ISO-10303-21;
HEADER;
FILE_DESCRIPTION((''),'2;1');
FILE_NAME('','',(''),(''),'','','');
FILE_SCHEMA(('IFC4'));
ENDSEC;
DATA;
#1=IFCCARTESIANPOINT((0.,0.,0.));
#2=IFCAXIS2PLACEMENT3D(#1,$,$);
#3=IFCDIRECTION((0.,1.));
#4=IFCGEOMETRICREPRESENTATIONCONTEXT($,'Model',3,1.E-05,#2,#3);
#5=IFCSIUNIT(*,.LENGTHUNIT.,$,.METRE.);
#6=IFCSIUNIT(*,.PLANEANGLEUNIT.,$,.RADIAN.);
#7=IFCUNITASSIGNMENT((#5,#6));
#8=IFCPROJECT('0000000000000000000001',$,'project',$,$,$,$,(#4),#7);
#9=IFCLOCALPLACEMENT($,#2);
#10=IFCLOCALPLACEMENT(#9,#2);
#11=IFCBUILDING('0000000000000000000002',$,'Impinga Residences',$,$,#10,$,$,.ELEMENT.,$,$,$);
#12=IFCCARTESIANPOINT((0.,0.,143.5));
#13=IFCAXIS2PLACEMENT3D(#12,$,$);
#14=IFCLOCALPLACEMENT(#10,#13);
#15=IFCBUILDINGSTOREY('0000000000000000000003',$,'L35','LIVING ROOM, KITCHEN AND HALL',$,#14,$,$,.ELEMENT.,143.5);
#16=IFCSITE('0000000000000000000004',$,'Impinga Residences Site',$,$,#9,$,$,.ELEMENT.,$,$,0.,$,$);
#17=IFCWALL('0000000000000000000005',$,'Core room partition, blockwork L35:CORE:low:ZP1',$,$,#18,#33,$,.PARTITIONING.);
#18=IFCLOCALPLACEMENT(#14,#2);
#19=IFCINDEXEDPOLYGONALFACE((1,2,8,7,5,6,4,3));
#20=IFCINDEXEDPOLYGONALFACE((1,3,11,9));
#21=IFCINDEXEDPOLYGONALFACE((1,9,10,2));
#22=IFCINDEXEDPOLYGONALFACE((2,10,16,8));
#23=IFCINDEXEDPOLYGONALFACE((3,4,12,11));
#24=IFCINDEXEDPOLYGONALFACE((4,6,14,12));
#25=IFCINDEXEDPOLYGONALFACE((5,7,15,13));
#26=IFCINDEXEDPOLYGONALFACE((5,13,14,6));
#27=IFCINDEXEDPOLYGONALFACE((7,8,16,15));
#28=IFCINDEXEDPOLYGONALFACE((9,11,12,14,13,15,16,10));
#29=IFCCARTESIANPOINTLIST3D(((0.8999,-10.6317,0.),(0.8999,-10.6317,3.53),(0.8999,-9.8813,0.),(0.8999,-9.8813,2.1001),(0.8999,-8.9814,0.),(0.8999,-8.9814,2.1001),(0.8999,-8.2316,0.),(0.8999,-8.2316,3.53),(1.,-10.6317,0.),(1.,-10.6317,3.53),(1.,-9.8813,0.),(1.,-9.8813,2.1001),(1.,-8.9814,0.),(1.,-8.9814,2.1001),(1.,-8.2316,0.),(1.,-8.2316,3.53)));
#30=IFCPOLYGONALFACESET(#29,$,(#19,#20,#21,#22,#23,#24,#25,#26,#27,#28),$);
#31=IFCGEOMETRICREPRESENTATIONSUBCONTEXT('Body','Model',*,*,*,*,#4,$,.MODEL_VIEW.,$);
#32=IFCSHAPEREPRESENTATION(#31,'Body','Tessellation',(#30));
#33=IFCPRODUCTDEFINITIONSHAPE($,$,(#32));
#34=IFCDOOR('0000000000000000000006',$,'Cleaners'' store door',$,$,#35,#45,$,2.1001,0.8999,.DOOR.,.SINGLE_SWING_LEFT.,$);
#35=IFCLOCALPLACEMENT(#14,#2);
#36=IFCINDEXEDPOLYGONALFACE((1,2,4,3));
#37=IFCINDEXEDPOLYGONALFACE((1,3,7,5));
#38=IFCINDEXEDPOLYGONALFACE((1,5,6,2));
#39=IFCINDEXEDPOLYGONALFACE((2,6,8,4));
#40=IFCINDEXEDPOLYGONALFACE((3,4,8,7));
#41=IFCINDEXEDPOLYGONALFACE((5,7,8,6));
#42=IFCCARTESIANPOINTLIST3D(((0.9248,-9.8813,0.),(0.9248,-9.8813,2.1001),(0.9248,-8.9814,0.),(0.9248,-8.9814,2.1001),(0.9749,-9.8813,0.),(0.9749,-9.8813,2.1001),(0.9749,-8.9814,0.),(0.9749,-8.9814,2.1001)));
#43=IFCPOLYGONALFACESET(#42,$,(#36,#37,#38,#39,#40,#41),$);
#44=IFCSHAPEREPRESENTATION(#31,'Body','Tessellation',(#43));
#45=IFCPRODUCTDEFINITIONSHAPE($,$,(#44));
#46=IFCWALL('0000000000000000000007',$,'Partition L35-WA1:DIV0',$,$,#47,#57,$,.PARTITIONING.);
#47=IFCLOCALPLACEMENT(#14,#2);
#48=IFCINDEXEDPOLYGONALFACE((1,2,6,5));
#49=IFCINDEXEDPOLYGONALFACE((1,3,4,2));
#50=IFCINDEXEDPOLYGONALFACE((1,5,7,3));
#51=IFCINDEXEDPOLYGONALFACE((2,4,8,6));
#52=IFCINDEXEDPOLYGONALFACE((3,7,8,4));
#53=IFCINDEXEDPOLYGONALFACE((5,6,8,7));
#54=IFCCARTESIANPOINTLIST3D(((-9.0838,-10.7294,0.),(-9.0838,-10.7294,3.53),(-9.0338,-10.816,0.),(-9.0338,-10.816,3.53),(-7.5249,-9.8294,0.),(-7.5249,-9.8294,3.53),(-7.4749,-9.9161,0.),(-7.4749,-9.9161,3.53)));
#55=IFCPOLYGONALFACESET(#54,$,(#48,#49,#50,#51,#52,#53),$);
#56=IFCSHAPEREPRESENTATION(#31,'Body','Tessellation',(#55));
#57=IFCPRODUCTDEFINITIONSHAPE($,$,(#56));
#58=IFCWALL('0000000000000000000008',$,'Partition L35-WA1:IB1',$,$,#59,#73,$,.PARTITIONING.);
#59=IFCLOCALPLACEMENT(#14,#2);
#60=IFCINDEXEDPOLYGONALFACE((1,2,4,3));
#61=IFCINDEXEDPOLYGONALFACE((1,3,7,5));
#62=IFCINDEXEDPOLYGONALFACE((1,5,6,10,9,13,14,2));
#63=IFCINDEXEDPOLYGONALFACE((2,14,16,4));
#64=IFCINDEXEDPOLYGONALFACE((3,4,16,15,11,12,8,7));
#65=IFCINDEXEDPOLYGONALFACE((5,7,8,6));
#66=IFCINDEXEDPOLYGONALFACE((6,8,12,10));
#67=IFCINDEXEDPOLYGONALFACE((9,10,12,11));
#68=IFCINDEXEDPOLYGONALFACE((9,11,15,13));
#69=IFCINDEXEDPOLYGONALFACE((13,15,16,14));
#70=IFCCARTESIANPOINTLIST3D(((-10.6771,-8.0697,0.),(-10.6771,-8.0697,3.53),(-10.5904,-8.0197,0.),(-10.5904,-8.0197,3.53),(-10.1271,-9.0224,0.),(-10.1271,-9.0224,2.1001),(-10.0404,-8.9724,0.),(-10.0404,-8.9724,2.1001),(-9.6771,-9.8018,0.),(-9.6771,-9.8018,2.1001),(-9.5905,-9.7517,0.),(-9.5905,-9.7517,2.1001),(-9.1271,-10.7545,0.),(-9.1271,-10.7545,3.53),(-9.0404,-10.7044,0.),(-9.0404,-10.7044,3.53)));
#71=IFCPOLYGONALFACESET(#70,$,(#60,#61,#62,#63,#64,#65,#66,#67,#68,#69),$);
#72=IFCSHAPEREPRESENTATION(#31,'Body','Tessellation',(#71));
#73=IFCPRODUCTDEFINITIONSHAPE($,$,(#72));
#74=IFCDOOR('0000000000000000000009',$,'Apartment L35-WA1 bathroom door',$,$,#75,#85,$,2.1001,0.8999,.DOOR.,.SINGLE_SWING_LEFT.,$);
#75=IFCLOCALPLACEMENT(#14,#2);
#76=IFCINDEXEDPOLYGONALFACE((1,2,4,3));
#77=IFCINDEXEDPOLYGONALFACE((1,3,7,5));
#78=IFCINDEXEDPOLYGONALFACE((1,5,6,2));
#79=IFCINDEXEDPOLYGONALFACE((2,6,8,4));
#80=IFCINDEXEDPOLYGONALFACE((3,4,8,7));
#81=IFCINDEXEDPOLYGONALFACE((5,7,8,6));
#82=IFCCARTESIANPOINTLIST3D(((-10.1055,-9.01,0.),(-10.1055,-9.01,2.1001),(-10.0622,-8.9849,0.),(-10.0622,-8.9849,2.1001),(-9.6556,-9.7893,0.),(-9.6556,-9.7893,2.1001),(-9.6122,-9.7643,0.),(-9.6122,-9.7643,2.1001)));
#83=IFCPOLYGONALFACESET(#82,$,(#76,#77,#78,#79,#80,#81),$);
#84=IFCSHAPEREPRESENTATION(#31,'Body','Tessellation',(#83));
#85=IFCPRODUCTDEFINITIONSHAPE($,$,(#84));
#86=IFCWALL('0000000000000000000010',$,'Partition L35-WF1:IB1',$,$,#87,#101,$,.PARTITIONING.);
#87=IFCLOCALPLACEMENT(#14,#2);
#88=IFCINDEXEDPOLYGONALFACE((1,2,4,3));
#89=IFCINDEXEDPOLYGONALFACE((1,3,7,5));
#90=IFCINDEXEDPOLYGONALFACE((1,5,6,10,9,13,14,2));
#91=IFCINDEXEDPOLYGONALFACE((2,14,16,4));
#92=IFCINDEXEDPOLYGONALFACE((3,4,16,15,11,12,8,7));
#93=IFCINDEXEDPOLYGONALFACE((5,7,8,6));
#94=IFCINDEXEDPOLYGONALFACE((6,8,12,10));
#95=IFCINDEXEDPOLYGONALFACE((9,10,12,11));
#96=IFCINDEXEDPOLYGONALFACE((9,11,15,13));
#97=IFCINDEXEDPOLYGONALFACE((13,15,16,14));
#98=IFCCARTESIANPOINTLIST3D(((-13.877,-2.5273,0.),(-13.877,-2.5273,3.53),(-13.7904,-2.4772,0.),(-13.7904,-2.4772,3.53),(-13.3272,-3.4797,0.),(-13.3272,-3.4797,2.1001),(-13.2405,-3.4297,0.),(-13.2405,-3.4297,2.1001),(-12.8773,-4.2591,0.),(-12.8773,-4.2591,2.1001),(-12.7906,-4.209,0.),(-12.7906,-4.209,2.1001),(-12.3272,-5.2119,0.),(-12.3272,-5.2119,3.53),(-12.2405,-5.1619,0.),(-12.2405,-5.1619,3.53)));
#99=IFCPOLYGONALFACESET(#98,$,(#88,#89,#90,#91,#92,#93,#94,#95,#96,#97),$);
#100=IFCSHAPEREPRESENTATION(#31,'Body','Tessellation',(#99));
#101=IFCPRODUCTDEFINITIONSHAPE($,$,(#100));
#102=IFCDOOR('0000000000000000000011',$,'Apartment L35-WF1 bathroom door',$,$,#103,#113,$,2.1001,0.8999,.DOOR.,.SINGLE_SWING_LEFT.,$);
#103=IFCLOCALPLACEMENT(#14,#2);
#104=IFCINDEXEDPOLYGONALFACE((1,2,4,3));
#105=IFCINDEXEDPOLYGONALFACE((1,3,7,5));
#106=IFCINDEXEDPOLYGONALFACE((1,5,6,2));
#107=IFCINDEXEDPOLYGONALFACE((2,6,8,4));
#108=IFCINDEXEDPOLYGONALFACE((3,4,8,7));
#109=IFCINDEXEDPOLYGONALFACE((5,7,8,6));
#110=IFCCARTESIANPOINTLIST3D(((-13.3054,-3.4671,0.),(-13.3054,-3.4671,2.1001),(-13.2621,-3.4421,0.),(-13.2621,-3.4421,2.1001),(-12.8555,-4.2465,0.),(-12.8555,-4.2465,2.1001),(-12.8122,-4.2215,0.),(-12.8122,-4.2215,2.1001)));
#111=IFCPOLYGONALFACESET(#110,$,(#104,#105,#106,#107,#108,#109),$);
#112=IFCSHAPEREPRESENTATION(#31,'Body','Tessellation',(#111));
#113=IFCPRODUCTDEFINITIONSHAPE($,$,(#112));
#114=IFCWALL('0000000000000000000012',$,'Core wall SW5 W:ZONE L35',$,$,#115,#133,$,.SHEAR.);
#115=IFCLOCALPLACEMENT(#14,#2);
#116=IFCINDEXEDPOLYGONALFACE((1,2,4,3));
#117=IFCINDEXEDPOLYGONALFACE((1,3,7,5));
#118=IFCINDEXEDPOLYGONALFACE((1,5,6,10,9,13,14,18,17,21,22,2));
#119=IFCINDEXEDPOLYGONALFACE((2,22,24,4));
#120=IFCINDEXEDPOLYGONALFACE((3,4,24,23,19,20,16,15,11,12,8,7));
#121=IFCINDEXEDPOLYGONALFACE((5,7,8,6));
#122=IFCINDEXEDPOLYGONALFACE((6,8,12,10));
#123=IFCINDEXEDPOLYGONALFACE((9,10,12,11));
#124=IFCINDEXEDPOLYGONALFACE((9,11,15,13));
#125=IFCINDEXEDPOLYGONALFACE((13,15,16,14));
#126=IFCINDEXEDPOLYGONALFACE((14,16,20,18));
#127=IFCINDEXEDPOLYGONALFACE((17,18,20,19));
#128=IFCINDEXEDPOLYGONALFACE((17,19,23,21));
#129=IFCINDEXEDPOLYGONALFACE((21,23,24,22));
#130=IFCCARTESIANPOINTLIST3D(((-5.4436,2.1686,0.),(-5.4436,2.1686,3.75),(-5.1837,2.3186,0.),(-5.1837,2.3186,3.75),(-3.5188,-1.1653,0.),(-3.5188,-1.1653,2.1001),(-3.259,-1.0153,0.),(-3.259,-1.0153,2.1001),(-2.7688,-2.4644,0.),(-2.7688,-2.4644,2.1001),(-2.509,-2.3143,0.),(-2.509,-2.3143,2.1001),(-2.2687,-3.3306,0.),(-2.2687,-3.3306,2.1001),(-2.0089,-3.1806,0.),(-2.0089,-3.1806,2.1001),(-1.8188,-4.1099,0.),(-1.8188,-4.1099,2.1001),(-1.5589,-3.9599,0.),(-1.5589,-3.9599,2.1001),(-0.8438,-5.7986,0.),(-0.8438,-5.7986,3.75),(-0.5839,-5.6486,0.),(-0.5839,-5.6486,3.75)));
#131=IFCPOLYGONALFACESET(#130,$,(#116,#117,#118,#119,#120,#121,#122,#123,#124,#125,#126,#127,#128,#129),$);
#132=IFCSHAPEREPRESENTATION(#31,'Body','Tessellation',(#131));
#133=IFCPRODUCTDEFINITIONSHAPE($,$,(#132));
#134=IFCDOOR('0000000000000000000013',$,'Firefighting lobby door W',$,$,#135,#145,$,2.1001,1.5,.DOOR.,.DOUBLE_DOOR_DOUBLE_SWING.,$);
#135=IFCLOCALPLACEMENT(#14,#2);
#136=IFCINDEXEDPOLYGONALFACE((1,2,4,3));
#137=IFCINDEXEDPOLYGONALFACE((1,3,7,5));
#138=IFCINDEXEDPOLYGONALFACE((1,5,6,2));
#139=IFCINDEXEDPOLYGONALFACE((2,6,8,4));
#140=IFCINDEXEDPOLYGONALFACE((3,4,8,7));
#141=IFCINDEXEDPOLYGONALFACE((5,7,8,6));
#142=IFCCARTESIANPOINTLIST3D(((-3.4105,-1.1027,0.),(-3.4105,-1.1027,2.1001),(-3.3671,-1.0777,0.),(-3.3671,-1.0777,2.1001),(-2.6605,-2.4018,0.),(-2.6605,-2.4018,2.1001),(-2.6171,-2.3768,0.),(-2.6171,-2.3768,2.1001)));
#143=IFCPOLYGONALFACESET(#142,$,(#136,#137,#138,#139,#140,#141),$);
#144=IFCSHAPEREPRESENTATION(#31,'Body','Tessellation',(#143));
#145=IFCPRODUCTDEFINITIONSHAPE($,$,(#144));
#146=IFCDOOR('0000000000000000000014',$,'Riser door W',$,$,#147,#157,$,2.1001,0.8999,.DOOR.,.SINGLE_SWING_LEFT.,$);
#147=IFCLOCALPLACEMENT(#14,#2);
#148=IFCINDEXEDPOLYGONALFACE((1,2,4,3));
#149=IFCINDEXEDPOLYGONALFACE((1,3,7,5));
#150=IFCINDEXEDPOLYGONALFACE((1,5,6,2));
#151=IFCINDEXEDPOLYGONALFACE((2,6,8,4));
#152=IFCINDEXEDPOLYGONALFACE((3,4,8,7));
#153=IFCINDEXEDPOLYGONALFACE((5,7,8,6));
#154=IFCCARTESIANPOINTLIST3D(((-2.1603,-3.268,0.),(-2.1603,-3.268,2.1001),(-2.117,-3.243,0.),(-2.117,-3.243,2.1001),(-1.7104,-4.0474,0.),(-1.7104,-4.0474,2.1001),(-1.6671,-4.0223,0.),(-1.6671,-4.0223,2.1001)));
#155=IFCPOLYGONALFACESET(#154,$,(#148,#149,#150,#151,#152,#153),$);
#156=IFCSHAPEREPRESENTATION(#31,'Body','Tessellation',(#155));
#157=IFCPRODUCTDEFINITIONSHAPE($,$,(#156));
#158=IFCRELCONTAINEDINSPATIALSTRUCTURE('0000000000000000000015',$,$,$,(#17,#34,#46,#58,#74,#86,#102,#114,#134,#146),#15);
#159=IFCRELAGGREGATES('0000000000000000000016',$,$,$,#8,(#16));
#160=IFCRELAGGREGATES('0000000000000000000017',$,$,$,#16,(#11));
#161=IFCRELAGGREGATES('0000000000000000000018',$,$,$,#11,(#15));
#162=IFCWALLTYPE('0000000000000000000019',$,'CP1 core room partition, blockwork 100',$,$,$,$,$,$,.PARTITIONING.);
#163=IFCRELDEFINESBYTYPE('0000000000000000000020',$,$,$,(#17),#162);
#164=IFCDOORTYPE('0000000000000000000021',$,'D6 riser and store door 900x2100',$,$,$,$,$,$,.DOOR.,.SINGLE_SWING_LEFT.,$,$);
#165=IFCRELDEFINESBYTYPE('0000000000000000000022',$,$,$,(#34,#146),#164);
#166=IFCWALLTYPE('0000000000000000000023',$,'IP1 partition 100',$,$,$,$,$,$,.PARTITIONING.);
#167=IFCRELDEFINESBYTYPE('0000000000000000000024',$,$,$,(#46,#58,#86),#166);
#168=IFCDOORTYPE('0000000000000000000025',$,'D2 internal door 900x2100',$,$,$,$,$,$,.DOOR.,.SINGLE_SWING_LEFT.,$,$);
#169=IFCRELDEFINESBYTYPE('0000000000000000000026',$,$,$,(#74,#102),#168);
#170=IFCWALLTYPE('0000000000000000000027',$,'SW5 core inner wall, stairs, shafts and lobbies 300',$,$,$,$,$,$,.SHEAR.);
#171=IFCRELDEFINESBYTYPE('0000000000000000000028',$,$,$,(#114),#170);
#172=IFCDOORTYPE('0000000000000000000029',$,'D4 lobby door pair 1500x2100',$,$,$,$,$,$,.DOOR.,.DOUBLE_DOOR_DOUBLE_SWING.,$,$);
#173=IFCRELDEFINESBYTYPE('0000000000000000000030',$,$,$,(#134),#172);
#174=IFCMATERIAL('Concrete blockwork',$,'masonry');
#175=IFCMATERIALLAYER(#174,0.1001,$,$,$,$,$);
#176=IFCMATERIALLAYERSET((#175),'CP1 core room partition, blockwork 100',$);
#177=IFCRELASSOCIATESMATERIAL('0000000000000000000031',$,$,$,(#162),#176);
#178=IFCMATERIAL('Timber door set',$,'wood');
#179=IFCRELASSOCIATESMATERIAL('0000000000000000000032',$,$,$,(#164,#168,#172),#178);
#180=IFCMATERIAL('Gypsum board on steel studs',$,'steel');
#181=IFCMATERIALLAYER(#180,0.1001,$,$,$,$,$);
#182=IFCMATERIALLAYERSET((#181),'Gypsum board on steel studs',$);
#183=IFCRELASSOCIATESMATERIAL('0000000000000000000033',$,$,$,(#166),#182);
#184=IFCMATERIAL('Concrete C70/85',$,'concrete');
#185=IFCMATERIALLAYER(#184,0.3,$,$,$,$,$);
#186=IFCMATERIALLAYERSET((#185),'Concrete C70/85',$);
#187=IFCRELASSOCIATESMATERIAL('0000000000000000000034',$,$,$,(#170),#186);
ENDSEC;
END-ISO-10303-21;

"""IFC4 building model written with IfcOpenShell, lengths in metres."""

from ifc_helpers import new_model, si_unit, direction, frame, frame_2d, origin, place, context, subcontext, project, spatial, rectangle, extrude, material, layer, layer_set, type_object, element, fill, save


model = new_model("IFC4")

# Units and contexts
model_context = context("Model", 3, precision=1e-05, world=origin(), true_north=direction((0.0, 1.0)))
body_context = subcontext(model_context, "Body", "Model", "MODEL_VIEW")
ifc_project = project(units=[si_unit("LENGTHUNIT", "METRE"), si_unit("PLANEANGLEUNIT", "RADIAN")], contexts=[model_context])

# Site, building, storey
site_placement = place(None, origin())
site = spatial("IfcSite", under=ifc_project, at=site_placement, Name="Impinga Residences Site", CompositionType="ELEMENT", RefElevation=0.0)
building_placement = place(site_placement, origin())
building = spatial("IfcBuilding", under=site, at=building_placement, Name="Impinga Residences", CompositionType="ELEMENT")
storey_placement = place(building_placement, frame((0.0, 0.0, 143.5)))
storey = spatial("IfcBuildingStorey", under=building, at=storey_placement, Name="L35", Description="LIVING ROOM, KITCHEN AND HALL", CompositionType="ELEMENT", Elevation=143.5)

# Shared definitions
ifc_material_1 = material(Name="Timber door set", Category="wood")

# Wall, opening, door
ifc_material_2 = material(Name="Concrete blockwork", Category="masonry")
ifc_layer_1 = layer(ifc_material_2, 0.1001)
ifc_layer_set_1 = layer_set([ifc_layer_1], Name="CP1 core room partition, blockwork 100")
wall_type_1 = type_object("IfcWallType", Name="CP1 core room partition, blockwork 100", PredefinedType="PARTITIONING", material=ifc_layer_set_1)
wall_1_placement = place(storey_placement, frame((0.95, -8.2314, 0.0), z_axis=(0.0, 0.0, 1.0), x_axis=(0.0, -1.0, 0.0)))
wall_1 = element("IfcWall", 1, at=wall_1_placement, inside=storey, type_object=wall_type_1, Name="Core room partition, blockwork L35:CORE:low:ZP1", PredefinedType="PARTITIONING", context=body_context, shape_type="SweptSolid", body=[
    extrude(rectangle(XDim=2.4001, YDim=0.1001, at=frame_2d((1.2002, 0.0))), origin(), (0.0, 0.0, 1.0), 3.53),
])
opening_1_placement = place(wall_1_placement, frame((0.75, 0.0, 0.0)))
opening_1 = element("IfcOpeningElement", 2, at=opening_1_placement, cuts=wall_1, PredefinedType="OPENING", context=body_context, shape_type="SweptSolid", body=[
    extrude(rectangle(XDim=0.8999, YDim=2.1001, at=frame_2d((0.45, 1.05))), frame((0.0, 0.0601, 0.0), z_axis=(0.0, -1.0, 0.0), x_axis=(1.0, 0.0, 0.0)), (0.0, 0.0, 1.0), 0.1201),
])
door_type_1 = type_object("IfcDoorType", Name="D6 riser and store door 900x2100", OperationType="SINGLE_SWING_LEFT", PredefinedType="DOOR", material=ifc_material_1)
door_1_placement = place(opening_1_placement, origin())
door_1 = element("IfcDoor", 3, at=door_1_placement, inside=storey, type_object=door_type_1, Name="Cleaners' store door", OperationType="SINGLE_SWING_LEFT", OverallHeight=2.1001, OverallWidth=0.8999, PredefinedType="DOOR", context=body_context, shape_type="SweptSolid", body=[
    extrude(rectangle(XDim=0.8999, YDim=2.1001, at=frame_2d((0.45, 1.05))), frame((0.0, 0.0249, 0.0), z_axis=(0.0, -1.0, 0.0), x_axis=(1.0, 0.0, 0.0)), (0.0, 0.0, 1.0), 0.05),
])
fill(opening_1, door_1)

# Wall
ifc_material_3 = material(Name="Gypsum board on steel studs", Category="steel")
ifc_layer_2 = layer(ifc_material_3, 0.1001)
ifc_layer_set_2 = layer_set([ifc_layer_2], Name="Gypsum board on steel studs")
wall_type_2 = type_object("IfcWallType", Name="IP1 partition 100", PredefinedType="PARTITIONING", material=ifc_layer_set_2)
wall_2_placement = place(storey_placement, frame((-7.5, -9.8728, 0.0), z_axis=(0.0, 0.0, 1.0), x_axis=(-0.866048, -0.499961, 0.0)))
element("IfcWall", 4, at=wall_2_placement, inside=storey, type_object=wall_type_2, Name="Partition L35-WA1:DIV0", PredefinedType="PARTITIONING", context=body_context, shape_type="SweptSolid", body=[
    extrude(rectangle(XDim=1.8, YDim=0.1001, at=frame_2d((0.8999, 0.0))), origin(), (0.0, 0.0, 1.0), 3.53),
])

# Walls, openings, doors
wall_3_placement = place(storey_placement, frame((-10.6338, -8.0447, 0.0), z_axis=(0.0, 0.0, 1.0), x_axis=(0.499993, -0.86603, 0.0)))
wall_3 = element("IfcWall", 5, at=wall_3_placement, inside=storey, type_object=wall_type_2, Name="Partition L35-WA1:IB1", PredefinedType="PARTITIONING", context=body_context, shape_type="SweptSolid", body=[
    extrude(rectangle(XDim=3.1001, YDim=0.1001, at=frame_2d((1.55, 0.0))), origin(), (0.0, 0.0, 1.0), 3.53),
])
opening_2_placement = place(wall_3_placement, frame((1.1001, 0.0, 0.0)))
opening_2 = element("IfcOpeningElement", 6, at=opening_2_placement, cuts=wall_3, PredefinedType="OPENING", context=body_context, shape_type="SweptSolid", body=[
    extrude(rectangle(XDim=0.8999, YDim=2.1001, at=frame_2d((0.45, 1.05))), frame((0.0, 0.0601, 0.0), z_axis=(0.0, -1.0, 0.0), x_axis=(1.0, 0.0, 0.0)), (0.0, 0.0, 1.0), 0.1201),
])
door_type_2 = type_object("IfcDoorType", Name="D2 internal door 900x2100", OperationType="SINGLE_SWING_LEFT", PredefinedType="DOOR", material=ifc_material_1)
door_2_placement = place(opening_2_placement, origin())
door_2 = element("IfcDoor", 7, at=door_2_placement, inside=storey, type_object=door_type_2, Name="Apartment L35-WA1 bathroom door", OperationType="SINGLE_SWING_LEFT", OverallHeight=2.1001, OverallWidth=0.8999, PredefinedType="DOOR", context=body_context, shape_type="SweptSolid", body=[
    extrude(rectangle(XDim=0.8999, YDim=2.1001, at=frame_2d((0.45, 1.05))), frame((0.0, 0.0249, 0.0), z_axis=(0.0, -1.0, 0.0), x_axis=(1.0, 0.0, 0.0)), (0.0, 0.0, 1.0), 0.05),
])
fill(opening_2, door_2)
wall_4_placement = place(storey_placement, frame((-12.2839, -5.1868, 0.0), z_axis=(0.0, 0.0, 1.0), x_axis=(-0.499968, 0.866044, 0.0)))
wall_4 = element("IfcWall", 8, at=wall_4_placement, inside=storey, type_object=wall_type_2, Name="Partition L35-WF1:IB1", PredefinedType="PARTITIONING", context=body_context, shape_type="SweptSolid", body=[
    extrude(rectangle(XDim=3.0999, YDim=0.1001, at=frame_2d((1.5498, 0.0))), origin(), (0.0, 0.0, 1.0), 3.53),
])
opening_3_placement = place(wall_4_placement, frame((1.1001, 0.0, 0.0)))
opening_3 = element("IfcOpeningElement", 9, at=opening_3_placement, cuts=wall_4, PredefinedType="OPENING", context=body_context, shape_type="SweptSolid", body=[
    extrude(rectangle(XDim=0.8999, YDim=2.1001, at=frame_2d((0.45, 1.05))), frame((0.0, 0.0601, 0.0), z_axis=(0.0, -1.0, 0.0), x_axis=(1.0, 0.0, 0.0)), (0.0, 0.0, 1.0), 0.1201),
])
door_3_placement = place(opening_3_placement, origin())
door_3 = element("IfcDoor", 10, at=door_3_placement, inside=storey, type_object=door_type_2, Name="Apartment L35-WF1 bathroom door", OperationType="SINGLE_SWING_LEFT", OverallHeight=2.1001, OverallWidth=0.8999, PredefinedType="DOOR", context=body_context, shape_type="SweptSolid", body=[
    extrude(rectangle(XDim=0.8999, YDim=2.1001, at=frame_2d((0.45, 1.05))), frame((0.0, 0.0249, 0.0), z_axis=(0.0, -1.0, 0.0), x_axis=(1.0, 0.0, 0.0)), (0.0, 0.0, 1.0), 0.05),
])
fill(opening_3, door_3)

# Wall, openings, doors
ifc_material_4 = material(Name="Concrete C70/85", Category="concrete")
ifc_layer_3 = layer(ifc_material_4, 0.3)
ifc_layer_set_3 = layer_set([ifc_layer_3], Name="Concrete C70/85")
wall_type_3 = type_object("IfcWallType", Name="SW5 core inner wall, stairs, shafts and lobbies 300", PredefinedType="SHEAR", material=ifc_layer_set_3)
wall_5_placement = place(storey_placement, frame((-0.7139, -5.7236, 0.0), z_axis=(0.0, 0.0, 1.0), x_axis=(-0.499995, 0.866028, 0.0)))
wall_5 = element("IfcWall", 11, at=wall_5_placement, inside=storey, type_object=wall_type_3, Name="Core wall SW5 W:ZONE L35", PredefinedType="SHEAR", context=body_context, shape_type="SweptSolid", body=[
    extrude(rectangle(XDim=9.1997, YDim=0.3, at=frame_2d((4.5999, 0.0))), origin(), (0.0, 0.0, 1.0), 3.75),
])
opening_4_placement = place(wall_5_placement, frame((3.8501, 0.0, 0.0)))
opening_4 = element("IfcOpeningElement", 12, at=opening_4_placement, cuts=wall_5, PredefinedType="OPENING", context=body_context, shape_type="SweptSolid", body=[
    extrude(rectangle(XDim=1.5, YDim=2.1001, at=frame_2d((0.75, 1.05))), frame((0.0, 0.1599, 0.0), z_axis=(0.0, -1.0, 0.0), x_axis=(1.0, 0.0, 0.0)), (0.0, 0.0, 1.0), 0.3201),
])
opening_5_placement = place(wall_5_placement, frame((1.95, 0.0, 0.0)))
opening_5 = element("IfcOpeningElement", 13, at=opening_5_placement, cuts=wall_5, PredefinedType="OPENING", context=body_context, shape_type="SweptSolid", body=[
    extrude(rectangle(XDim=0.8999, YDim=2.1001, at=frame_2d((0.45, 1.05))), frame((0.0, 0.1599, 0.0), z_axis=(0.0, -1.0, 0.0), x_axis=(1.0, 0.0, 0.0)), (0.0, 0.0, 1.0), 0.3201),
])
door_type_3 = type_object("IfcDoorType", Name="D4 lobby door pair 1500x2100", OperationType="DOUBLE_DOOR_DOUBLE_SWING", PredefinedType="DOOR", material=ifc_material_1)
door_4_placement = place(opening_4_placement, origin())
door_4 = element("IfcDoor", 14, at=door_4_placement, inside=storey, type_object=door_type_3, Name="Firefighting lobby door W", OperationType="DOUBLE_DOOR_DOUBLE_SWING", OverallHeight=2.1001, OverallWidth=1.5, PredefinedType="DOOR", context=body_context, shape_type="SweptSolid", body=[
    extrude(rectangle(XDim=1.5, YDim=2.1001, at=frame_2d((0.75, 1.05))), frame((0.0, 0.0249, 0.0), z_axis=(0.0, -1.0, 0.0), x_axis=(1.0, 0.0, 0.0)), (0.0, 0.0, 1.0), 0.05),
])
fill(opening_4, door_4)
door_5_placement = place(opening_5_placement, origin())
door_5 = element("IfcDoor", 15, at=door_5_placement, inside=storey, type_object=door_type_1, Name="Riser door W", OperationType="SINGLE_SWING_LEFT", OverallHeight=2.1001, OverallWidth=0.8999, PredefinedType="DOOR", context=body_context, shape_type="SweptSolid", body=[
    extrude(rectangle(XDim=0.8999, YDim=2.1001, at=frame_2d((0.45, 1.05))), frame((0.0, 0.0249, 0.0), z_axis=(0.0, -1.0, 0.0), x_axis=(1.0, 0.0, 0.0)), (0.0, 0.0, 1.0), 0.05),
])
fill(opening_5, door_5)

save(model, "model.ifc")
